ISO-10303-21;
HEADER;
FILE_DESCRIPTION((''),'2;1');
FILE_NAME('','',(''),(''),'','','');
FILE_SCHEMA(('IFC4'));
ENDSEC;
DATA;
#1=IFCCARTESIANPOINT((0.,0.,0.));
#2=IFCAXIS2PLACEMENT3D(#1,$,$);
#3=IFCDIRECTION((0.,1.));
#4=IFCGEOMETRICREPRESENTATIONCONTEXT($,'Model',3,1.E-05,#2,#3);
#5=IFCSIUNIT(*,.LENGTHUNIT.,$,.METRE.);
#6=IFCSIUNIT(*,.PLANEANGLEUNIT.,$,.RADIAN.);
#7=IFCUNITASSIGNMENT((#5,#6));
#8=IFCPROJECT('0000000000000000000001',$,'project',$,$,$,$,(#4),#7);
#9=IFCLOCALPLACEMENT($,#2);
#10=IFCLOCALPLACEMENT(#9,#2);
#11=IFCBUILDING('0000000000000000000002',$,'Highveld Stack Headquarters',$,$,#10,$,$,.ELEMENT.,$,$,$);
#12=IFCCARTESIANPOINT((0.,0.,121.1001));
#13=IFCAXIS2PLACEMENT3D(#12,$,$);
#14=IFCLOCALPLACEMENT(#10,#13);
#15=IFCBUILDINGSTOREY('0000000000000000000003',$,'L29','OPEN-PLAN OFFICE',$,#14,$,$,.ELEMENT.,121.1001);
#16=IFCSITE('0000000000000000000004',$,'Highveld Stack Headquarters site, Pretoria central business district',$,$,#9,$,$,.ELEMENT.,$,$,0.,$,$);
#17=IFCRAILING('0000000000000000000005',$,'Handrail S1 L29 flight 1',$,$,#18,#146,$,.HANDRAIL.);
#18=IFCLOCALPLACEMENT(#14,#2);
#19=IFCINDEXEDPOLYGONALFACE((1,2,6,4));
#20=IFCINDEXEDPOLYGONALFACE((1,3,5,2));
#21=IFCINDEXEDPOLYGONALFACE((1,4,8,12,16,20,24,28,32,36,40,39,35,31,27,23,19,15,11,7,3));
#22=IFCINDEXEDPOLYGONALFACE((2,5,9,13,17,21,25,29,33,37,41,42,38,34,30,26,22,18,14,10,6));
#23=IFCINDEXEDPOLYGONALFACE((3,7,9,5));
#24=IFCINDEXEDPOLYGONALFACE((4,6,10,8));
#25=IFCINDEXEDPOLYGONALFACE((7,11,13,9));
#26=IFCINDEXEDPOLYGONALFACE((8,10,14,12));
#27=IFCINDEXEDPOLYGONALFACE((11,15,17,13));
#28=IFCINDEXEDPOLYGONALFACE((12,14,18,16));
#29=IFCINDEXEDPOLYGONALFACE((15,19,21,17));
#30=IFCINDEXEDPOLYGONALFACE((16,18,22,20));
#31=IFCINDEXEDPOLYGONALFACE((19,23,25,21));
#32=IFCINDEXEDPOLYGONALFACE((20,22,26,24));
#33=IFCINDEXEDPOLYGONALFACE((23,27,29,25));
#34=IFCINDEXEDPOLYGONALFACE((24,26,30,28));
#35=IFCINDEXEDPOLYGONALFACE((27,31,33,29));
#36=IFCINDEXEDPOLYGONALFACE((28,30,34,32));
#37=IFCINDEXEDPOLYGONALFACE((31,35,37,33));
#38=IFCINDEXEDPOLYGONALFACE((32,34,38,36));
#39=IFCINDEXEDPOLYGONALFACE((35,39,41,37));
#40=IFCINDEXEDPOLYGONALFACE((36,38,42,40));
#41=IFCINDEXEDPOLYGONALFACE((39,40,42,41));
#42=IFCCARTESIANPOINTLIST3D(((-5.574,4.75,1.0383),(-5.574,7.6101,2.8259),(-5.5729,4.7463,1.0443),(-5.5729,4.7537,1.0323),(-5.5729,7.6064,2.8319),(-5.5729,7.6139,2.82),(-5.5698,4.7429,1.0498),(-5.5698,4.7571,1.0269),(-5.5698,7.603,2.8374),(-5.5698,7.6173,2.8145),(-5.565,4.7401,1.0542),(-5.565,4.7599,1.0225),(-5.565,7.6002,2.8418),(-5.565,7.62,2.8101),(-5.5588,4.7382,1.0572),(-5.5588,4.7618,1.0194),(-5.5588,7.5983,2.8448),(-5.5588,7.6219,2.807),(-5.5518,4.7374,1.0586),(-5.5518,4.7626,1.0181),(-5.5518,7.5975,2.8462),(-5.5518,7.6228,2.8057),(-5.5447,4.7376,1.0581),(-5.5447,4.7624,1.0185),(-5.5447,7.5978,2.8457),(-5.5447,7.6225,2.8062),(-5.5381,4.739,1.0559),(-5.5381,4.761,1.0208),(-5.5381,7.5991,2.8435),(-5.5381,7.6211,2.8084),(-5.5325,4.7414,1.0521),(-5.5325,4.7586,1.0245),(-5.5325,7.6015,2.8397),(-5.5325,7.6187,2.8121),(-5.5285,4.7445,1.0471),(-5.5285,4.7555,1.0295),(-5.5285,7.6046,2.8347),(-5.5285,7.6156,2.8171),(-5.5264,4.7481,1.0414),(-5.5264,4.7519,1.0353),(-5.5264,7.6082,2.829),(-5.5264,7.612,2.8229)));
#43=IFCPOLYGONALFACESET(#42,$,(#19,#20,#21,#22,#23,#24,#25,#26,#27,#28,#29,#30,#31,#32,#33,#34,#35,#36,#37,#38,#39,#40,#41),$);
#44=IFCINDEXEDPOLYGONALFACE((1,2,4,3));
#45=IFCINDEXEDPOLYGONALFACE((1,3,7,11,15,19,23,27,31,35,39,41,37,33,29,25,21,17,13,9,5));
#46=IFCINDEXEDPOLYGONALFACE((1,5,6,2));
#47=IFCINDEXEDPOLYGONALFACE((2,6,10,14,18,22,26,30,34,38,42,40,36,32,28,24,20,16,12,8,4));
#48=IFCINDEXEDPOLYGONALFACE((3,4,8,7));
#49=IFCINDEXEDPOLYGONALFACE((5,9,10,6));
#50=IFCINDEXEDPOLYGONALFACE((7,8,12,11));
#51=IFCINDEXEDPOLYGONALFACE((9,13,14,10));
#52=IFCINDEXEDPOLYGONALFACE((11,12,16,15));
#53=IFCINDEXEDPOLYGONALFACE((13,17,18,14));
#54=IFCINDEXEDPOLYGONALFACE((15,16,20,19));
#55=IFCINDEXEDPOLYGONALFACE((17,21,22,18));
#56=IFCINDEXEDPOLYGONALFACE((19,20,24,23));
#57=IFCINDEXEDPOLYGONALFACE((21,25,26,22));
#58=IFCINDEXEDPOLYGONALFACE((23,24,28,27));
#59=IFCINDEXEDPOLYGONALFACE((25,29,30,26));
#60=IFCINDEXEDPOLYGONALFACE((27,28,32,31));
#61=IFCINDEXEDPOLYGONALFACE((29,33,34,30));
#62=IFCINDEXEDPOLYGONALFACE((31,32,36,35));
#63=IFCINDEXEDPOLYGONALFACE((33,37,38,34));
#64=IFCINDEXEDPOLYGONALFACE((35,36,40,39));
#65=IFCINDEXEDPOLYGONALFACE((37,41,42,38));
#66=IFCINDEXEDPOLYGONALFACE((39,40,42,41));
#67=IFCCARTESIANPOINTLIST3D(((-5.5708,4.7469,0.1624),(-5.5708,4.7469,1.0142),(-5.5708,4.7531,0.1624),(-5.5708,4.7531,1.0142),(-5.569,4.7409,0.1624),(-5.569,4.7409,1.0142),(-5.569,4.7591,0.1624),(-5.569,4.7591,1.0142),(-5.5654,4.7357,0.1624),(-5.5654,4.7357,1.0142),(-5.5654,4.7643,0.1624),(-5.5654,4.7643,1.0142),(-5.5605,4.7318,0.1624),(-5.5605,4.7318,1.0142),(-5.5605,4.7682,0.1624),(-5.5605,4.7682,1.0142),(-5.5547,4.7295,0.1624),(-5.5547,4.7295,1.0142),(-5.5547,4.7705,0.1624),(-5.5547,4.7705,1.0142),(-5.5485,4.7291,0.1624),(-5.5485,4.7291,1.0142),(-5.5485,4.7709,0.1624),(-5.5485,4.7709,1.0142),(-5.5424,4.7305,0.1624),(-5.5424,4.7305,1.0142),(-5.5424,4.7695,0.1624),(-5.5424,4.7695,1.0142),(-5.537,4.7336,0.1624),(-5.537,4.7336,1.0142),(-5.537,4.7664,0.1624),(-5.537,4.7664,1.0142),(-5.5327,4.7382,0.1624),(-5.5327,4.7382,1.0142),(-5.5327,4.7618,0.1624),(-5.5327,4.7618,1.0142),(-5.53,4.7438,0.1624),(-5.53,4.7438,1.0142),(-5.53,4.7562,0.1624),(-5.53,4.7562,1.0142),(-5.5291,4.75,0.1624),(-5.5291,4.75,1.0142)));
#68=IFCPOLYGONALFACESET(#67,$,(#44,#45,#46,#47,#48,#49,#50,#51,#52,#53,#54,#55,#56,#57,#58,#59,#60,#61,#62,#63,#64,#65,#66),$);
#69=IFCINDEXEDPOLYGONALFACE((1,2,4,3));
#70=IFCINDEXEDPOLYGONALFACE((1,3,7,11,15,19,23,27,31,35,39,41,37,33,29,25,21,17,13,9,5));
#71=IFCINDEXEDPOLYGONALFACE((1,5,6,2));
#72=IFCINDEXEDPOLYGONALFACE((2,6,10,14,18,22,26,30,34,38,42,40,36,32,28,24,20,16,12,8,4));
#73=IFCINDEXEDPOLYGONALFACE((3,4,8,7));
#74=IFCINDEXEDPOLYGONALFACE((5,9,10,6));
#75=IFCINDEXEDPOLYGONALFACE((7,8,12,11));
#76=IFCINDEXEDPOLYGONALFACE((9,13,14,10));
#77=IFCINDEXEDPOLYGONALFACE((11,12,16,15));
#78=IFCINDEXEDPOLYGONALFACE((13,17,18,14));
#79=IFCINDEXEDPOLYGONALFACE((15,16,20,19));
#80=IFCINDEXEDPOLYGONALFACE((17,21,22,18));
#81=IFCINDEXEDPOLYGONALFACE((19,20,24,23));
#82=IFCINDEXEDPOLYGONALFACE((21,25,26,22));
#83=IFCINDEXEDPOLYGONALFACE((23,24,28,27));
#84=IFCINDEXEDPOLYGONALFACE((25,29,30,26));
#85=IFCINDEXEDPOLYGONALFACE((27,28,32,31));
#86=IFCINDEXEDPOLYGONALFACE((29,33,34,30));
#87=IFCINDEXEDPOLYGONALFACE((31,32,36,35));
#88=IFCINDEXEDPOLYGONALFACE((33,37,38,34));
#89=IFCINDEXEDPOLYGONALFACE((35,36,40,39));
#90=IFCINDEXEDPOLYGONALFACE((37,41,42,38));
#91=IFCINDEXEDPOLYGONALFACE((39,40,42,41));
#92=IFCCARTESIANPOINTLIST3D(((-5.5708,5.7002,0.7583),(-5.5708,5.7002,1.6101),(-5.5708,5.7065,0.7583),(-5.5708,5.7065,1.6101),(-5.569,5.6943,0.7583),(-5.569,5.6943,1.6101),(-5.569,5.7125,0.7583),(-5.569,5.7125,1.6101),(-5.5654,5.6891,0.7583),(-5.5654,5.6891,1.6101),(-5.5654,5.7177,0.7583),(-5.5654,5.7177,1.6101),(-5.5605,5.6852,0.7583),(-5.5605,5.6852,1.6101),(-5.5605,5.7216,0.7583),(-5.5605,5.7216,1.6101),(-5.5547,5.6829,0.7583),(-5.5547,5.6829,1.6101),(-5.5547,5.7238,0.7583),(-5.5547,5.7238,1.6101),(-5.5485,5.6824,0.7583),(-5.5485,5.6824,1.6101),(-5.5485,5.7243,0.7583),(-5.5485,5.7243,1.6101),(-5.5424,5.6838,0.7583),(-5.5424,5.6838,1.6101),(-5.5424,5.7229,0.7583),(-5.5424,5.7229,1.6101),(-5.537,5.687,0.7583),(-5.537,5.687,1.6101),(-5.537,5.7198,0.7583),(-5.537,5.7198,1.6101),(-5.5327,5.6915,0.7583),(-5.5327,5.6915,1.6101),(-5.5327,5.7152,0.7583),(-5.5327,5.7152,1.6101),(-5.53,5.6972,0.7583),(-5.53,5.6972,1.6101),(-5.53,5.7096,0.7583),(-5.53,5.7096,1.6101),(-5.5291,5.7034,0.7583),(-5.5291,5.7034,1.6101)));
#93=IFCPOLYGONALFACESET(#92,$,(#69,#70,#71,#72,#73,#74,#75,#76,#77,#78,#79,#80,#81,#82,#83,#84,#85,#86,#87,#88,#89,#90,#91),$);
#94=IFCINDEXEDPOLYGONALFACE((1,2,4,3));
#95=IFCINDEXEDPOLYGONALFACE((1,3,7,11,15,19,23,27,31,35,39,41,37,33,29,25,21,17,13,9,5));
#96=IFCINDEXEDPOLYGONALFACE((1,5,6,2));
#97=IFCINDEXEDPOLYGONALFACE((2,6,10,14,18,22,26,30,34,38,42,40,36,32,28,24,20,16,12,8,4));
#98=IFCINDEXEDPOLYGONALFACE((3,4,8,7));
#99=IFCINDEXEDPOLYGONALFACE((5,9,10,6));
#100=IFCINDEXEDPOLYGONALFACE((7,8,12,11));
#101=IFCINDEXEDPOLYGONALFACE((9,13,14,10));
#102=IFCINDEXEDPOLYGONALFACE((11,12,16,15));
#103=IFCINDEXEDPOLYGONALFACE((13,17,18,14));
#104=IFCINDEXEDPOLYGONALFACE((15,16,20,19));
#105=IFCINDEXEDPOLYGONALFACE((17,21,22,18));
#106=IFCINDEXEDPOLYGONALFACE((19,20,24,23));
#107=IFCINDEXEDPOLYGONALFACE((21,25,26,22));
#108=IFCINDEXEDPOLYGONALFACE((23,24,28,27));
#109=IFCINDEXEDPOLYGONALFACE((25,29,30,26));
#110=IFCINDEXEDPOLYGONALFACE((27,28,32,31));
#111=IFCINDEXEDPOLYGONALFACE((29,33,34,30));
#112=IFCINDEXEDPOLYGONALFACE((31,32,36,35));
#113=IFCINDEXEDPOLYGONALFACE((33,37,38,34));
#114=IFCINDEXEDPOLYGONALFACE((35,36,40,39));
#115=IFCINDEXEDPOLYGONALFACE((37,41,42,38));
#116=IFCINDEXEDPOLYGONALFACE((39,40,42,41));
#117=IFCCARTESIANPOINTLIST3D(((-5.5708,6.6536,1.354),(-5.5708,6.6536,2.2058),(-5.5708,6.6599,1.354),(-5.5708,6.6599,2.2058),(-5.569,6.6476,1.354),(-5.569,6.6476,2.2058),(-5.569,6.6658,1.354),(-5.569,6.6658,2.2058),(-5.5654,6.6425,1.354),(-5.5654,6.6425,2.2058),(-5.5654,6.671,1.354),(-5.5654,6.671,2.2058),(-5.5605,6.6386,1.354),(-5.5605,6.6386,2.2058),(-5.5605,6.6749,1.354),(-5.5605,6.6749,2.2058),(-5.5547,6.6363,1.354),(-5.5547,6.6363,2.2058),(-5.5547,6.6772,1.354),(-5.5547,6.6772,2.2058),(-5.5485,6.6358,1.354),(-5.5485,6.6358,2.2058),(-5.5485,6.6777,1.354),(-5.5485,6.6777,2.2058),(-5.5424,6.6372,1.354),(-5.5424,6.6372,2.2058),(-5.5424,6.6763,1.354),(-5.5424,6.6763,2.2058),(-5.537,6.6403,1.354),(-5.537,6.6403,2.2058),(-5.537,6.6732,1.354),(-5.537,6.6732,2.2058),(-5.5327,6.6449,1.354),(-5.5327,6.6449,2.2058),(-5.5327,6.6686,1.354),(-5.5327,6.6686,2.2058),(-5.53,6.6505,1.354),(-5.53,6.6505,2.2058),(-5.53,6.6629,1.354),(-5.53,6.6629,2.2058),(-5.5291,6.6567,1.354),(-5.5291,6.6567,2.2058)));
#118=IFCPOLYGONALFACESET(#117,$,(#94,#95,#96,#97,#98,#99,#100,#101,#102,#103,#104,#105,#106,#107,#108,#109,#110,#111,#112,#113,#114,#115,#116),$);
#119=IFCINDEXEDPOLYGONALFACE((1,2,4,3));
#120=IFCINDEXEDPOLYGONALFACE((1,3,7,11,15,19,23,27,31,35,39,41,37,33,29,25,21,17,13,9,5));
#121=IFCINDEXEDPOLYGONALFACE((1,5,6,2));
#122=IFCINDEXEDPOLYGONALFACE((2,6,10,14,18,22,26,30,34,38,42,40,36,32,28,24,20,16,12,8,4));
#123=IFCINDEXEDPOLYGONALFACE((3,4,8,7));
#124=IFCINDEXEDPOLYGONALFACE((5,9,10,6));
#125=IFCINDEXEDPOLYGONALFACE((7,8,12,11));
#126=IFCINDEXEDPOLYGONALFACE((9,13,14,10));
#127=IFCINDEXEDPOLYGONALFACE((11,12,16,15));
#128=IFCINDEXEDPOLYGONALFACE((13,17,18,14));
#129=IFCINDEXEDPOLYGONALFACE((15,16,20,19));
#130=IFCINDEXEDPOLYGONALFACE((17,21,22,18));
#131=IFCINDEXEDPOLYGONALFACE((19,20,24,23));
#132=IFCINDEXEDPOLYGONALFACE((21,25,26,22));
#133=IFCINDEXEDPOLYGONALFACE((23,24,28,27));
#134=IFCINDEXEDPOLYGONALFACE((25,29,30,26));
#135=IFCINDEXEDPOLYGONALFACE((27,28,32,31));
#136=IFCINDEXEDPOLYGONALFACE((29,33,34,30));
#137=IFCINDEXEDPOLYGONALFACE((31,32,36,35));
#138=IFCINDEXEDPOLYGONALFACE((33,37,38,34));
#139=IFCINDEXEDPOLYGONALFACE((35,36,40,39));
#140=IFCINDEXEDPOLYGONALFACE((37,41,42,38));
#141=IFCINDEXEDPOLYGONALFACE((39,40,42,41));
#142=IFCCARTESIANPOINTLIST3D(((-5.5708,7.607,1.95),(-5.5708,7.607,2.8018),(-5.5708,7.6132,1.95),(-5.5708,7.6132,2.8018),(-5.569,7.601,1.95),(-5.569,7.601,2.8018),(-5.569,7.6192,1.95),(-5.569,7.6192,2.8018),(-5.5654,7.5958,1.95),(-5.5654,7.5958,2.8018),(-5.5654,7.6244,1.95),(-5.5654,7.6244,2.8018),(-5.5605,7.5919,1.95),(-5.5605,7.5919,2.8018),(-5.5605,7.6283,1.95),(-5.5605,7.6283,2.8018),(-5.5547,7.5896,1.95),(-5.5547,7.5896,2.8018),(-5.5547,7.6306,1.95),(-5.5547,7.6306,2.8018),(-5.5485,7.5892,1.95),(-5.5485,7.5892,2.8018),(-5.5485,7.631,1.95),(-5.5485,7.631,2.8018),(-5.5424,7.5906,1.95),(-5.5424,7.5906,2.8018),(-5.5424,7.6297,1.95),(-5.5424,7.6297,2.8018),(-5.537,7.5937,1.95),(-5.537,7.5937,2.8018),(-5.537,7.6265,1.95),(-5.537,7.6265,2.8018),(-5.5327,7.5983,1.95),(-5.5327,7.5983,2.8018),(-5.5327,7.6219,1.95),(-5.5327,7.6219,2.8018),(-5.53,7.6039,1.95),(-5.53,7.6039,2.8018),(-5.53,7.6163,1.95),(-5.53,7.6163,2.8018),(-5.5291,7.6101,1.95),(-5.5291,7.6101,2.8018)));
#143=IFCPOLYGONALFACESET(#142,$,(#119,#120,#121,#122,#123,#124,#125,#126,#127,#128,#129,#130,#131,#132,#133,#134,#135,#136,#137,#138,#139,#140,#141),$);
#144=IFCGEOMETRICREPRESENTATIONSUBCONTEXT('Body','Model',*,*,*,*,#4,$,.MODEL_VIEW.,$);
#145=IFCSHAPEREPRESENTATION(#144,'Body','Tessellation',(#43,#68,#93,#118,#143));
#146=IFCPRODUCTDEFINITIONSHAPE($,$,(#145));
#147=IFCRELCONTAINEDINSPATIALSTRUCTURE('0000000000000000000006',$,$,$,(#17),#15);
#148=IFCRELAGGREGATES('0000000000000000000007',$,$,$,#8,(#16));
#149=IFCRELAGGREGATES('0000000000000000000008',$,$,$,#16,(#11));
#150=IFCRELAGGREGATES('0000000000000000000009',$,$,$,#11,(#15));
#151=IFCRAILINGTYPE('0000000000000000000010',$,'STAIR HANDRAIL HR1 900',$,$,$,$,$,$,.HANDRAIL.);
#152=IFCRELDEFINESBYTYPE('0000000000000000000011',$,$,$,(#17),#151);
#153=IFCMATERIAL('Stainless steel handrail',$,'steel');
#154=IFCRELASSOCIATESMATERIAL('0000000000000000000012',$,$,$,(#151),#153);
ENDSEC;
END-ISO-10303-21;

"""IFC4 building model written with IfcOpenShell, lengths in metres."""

from ifc_helpers import new_model, si_unit, direction, frame, origin, origin_2d, place, context, subcontext, project, spatial, circle, extrude, material, type_object, element, save


model = new_model("IFC4")

# Units and contexts
model_context = context("Model", 3, precision=1e-05, world=origin(), true_north=direction((0.0, 1.0)))
body_context = subcontext(model_context, "Body", "Model", "MODEL_VIEW")
ifc_project = project(units=[si_unit("LENGTHUNIT", "METRE"), si_unit("PLANEANGLEUNIT", "RADIAN")], contexts=[model_context])

# Site, building, storey
site_placement = place(None, origin())
site = spatial("IfcSite", under=ifc_project, at=site_placement, Name="Highveld Stack Headquarters site, Pretoria central business district", CompositionType="ELEMENT", RefElevation=0.0)
building_placement = place(site_placement, origin())
building = spatial("IfcBuilding", under=site, at=building_placement, Name="Highveld Stack Headquarters", CompositionType="ELEMENT")
storey_placement = place(building_placement, frame((0.0, 0.0, 121.1001)))
storey = spatial("IfcBuildingStorey", under=building, at=storey_placement, Name="L29", Description="OPEN-PLAN OFFICE", CompositionType="ELEMENT", Elevation=121.1001)

# Railing
ifc_material_1 = material(Name="Stainless steel handrail", Category="steel")
railing_type = type_object("IfcRailingType", Name="STAIR HANDRAIL HR1 900", PredefinedType="HANDRAIL", material=ifc_material_1)
for number, where, name in (
    (1, (-5.55, 4.75, 0.1624), "Handrail S1 L29 flight 1"),
):
    element("IfcRailing", number, at=place(storey_placement, frame(where)), inside=storey, type_object=railing_type, Name=name, PredefinedType="HANDRAIL", context=body_context, shape_type="SweptSolid", body=[
        extrude(circle(Radius=0.0239, at=origin_2d()), frame((0.0, 0.0, 0.876), z_axis=(0.0, 0.847994, 0.530005), x_axis=(-1.0, 0.0, 0.0)), (0.0, 0.0, 1.0), 3.3728),
        extrude(circle(Radius=0.021, at=origin_2d()), origin(), (0.0, 0.0, 1.0), 0.8518),
        extrude(circle(Radius=0.021, at=origin_2d()), frame((0.0, 0.9534, 0.5959)), (0.0, 0.0, 1.0), 0.8518),
        extrude(circle(Radius=0.021, at=origin_2d()), frame((0.0, 1.9067, 1.1917)), (0.0, 0.0, 1.0), 0.8518),
        extrude(circle(Radius=0.021, at=origin_2d()), frame((0.0, 2.8601, 1.7876)), (0.0, 0.0, 1.0), 0.8518),
    ])

save(model, "model.ifc")
